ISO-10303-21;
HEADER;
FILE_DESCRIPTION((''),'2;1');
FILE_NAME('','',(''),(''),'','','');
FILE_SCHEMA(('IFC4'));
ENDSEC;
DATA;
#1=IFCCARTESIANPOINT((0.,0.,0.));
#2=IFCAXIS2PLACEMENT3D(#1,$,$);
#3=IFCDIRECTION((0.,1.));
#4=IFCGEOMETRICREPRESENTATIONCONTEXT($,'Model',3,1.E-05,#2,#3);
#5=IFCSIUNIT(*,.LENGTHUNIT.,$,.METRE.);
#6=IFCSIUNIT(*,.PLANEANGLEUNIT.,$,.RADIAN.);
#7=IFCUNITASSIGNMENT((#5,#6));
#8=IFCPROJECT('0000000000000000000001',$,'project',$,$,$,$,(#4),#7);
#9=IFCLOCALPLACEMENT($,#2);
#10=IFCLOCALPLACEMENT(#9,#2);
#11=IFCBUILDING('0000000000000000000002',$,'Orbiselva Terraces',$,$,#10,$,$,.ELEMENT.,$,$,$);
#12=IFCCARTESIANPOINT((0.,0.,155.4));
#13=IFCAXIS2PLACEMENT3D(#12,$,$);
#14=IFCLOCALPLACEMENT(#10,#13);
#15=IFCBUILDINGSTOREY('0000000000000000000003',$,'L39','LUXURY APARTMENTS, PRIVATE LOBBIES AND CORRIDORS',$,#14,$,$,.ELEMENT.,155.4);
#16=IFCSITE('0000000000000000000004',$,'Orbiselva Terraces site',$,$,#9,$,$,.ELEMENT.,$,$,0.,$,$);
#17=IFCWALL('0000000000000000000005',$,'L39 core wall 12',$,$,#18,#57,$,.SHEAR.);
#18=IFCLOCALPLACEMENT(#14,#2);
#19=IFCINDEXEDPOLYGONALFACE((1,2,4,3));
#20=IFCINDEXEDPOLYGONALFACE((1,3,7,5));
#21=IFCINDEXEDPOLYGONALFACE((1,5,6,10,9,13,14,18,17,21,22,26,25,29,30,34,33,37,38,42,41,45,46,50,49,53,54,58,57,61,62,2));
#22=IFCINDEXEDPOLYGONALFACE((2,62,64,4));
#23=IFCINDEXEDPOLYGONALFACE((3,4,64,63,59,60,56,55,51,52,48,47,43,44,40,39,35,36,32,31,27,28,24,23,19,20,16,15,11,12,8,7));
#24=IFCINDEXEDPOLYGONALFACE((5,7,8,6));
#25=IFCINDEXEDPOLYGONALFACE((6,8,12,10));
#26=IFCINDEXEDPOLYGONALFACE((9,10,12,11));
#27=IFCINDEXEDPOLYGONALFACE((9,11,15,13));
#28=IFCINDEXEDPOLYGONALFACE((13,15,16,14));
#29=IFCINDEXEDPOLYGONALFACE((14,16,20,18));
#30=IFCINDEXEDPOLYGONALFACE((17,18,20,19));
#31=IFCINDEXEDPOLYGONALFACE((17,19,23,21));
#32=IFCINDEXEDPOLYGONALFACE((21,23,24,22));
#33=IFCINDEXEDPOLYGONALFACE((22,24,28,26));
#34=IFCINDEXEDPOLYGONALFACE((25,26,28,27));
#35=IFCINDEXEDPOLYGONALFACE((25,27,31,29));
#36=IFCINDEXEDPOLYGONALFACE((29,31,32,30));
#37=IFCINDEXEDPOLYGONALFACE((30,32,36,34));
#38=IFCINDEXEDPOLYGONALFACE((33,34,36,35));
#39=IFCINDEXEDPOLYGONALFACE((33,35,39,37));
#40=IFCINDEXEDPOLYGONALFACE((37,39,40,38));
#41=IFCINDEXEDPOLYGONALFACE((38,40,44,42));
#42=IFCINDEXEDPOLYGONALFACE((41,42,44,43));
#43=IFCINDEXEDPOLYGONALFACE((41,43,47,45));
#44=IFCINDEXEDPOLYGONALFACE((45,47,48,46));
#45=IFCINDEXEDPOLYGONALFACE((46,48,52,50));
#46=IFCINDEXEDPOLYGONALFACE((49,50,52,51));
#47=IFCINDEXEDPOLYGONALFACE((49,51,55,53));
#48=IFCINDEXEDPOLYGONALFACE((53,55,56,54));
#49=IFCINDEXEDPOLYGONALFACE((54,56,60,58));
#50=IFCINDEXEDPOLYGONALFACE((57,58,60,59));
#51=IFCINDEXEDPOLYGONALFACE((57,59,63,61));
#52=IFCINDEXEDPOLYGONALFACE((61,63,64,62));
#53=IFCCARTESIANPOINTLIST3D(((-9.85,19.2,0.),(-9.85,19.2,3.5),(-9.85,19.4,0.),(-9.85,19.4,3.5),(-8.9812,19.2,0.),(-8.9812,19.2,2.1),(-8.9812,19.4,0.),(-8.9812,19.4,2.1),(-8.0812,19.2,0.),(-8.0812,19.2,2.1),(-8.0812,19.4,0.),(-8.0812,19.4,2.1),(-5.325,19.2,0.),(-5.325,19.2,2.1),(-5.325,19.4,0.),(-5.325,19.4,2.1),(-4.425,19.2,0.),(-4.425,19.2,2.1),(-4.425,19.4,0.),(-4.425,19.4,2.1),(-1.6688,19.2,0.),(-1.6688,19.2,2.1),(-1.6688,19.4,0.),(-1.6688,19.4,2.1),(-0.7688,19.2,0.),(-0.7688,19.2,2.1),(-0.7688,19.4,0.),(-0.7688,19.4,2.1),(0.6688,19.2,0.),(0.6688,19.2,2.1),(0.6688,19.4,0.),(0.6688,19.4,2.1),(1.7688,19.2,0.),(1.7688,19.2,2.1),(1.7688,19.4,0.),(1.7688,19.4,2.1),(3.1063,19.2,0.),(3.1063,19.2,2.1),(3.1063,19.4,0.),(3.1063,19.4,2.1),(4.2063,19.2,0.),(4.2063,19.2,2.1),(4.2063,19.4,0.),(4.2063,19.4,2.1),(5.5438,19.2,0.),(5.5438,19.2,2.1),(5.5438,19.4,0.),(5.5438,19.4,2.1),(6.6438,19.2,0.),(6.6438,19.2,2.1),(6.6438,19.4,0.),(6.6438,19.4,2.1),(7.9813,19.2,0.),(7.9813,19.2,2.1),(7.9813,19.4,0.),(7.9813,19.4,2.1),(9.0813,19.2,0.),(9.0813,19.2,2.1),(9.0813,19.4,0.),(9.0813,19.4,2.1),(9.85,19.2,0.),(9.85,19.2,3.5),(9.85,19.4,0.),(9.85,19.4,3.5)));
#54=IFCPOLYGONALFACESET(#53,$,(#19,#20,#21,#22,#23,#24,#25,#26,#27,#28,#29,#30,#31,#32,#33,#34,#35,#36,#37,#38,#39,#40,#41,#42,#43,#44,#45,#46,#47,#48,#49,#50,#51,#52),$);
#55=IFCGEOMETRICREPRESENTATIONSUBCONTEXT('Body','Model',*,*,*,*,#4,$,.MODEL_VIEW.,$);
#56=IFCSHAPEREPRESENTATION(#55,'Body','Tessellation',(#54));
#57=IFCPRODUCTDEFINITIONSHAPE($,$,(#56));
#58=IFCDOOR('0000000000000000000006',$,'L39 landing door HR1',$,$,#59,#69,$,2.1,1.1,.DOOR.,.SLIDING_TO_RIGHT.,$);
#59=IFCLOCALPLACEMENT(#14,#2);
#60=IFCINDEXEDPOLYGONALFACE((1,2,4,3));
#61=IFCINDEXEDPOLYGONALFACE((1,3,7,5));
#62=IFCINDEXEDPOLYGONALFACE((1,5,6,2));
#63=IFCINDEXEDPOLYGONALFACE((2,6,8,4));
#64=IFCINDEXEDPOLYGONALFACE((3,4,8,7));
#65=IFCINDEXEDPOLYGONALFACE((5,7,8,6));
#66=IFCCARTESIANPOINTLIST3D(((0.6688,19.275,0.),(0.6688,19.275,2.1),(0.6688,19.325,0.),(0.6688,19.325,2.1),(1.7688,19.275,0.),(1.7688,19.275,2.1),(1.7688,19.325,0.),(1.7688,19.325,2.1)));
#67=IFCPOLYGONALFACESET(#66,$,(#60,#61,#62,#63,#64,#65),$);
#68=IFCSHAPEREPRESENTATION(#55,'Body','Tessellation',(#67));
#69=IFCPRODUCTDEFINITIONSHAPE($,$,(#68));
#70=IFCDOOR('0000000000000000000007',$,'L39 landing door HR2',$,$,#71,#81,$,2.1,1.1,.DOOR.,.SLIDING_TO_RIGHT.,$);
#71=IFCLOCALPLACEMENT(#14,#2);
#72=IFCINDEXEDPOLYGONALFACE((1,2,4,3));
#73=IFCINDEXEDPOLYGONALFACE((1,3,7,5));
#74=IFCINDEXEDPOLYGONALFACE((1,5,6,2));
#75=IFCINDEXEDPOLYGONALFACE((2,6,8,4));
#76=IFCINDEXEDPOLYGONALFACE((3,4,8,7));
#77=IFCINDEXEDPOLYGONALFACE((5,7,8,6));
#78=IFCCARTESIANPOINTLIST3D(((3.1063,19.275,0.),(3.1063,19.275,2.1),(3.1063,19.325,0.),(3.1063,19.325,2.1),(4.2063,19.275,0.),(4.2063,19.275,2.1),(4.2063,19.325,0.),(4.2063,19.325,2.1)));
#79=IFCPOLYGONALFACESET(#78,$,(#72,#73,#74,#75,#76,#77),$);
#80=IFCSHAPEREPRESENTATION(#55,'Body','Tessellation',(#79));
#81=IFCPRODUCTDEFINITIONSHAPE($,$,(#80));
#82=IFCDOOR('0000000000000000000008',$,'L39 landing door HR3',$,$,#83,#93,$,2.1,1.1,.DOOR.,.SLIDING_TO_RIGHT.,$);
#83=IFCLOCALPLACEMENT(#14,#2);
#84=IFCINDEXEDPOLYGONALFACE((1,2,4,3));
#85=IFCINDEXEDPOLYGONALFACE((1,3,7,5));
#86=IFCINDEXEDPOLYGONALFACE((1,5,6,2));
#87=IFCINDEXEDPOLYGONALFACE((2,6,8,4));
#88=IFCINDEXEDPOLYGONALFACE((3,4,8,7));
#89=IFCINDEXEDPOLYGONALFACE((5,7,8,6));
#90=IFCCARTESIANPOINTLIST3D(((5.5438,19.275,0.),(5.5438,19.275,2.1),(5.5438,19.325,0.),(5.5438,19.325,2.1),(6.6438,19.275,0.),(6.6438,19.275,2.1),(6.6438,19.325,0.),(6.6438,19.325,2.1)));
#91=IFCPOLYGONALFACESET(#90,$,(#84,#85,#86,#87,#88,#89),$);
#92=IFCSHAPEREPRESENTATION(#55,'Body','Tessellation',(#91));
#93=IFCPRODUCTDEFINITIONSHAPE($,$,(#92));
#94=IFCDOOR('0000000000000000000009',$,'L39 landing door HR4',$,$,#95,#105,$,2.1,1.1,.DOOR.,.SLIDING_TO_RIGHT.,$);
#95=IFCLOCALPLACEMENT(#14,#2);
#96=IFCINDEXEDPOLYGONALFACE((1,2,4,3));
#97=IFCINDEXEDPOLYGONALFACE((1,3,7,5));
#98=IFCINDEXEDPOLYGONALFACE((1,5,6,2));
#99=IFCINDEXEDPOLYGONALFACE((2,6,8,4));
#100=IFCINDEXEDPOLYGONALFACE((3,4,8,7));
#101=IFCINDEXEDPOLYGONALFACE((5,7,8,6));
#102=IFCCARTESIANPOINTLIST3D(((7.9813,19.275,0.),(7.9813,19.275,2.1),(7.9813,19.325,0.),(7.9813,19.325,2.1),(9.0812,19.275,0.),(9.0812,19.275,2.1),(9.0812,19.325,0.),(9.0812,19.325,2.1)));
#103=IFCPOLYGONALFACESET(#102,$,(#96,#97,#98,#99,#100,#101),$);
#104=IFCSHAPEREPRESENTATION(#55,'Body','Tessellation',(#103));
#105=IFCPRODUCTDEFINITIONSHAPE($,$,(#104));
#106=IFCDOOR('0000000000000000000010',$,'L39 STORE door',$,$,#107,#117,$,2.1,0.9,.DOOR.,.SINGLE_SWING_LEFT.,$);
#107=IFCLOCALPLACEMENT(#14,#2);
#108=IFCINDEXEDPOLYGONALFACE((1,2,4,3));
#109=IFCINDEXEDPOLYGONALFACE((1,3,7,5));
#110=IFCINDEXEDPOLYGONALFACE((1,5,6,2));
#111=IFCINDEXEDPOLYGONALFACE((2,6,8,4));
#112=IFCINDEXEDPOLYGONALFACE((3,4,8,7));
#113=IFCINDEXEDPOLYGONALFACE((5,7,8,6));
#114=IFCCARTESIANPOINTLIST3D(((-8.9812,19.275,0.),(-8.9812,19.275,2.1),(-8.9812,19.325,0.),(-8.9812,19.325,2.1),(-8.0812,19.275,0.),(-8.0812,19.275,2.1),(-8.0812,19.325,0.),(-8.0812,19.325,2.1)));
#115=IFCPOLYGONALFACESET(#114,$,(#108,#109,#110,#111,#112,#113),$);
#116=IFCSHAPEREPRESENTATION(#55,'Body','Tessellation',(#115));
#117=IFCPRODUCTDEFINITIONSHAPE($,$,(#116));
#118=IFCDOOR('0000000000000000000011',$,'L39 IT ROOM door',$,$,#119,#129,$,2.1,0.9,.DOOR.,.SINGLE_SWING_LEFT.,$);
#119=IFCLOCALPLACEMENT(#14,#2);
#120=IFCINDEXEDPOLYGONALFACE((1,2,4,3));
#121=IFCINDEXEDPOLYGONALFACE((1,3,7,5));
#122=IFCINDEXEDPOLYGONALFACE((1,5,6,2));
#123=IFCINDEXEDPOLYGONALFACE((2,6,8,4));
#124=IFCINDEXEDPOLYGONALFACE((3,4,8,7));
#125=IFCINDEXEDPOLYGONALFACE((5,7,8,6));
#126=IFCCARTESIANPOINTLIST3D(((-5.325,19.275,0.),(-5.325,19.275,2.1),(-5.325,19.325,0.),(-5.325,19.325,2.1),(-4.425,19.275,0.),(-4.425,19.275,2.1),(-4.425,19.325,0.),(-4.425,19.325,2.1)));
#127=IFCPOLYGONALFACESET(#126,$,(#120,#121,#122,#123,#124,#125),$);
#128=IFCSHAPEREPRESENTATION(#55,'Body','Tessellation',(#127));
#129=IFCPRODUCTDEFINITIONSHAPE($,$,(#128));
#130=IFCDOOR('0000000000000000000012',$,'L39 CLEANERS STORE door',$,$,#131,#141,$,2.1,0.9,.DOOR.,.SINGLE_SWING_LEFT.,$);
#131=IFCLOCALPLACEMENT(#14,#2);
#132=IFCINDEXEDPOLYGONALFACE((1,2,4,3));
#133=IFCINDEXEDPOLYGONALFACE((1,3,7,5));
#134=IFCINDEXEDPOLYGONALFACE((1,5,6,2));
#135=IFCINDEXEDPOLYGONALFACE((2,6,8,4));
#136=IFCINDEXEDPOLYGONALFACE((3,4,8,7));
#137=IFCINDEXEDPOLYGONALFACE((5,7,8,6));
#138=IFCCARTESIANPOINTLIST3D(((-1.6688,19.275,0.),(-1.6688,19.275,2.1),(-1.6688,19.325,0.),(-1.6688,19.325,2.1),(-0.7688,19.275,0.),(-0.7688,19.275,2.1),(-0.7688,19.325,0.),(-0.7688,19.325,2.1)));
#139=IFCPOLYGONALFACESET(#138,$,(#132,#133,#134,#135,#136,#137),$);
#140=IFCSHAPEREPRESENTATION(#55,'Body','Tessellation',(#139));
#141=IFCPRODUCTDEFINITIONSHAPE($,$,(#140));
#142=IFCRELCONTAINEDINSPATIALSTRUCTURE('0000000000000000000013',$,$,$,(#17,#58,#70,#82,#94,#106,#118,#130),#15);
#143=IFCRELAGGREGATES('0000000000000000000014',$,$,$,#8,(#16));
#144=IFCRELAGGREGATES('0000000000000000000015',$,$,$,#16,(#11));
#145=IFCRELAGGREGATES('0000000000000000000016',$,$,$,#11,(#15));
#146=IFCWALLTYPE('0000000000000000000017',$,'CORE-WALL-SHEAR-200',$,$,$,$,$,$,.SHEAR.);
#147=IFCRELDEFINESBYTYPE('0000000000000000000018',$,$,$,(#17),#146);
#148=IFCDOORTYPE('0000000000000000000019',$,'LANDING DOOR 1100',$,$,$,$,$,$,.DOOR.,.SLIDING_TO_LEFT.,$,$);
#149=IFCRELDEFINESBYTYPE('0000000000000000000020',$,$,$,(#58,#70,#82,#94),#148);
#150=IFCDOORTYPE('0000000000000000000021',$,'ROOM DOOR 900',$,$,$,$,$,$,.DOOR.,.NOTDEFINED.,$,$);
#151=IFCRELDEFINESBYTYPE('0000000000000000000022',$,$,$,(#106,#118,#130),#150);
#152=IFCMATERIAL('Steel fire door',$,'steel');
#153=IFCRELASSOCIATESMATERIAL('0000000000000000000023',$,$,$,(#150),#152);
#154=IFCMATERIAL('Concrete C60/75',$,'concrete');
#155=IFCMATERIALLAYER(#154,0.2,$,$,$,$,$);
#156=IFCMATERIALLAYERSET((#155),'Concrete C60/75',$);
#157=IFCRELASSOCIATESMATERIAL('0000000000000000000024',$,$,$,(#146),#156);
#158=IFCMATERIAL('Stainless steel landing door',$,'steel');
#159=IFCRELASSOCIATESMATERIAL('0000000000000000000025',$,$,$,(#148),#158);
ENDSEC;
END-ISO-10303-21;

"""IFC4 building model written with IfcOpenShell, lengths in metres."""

from ifc_helpers import new_model, si_unit, direction, frame, frame_2d, origin, place, context, subcontext, project, spatial, rectangle, extrude, material, layer, layer_set, type_object, element, fill, save


model = new_model("IFC4")

# Units and contexts
model_context = context("Model", 3, precision=1e-05, world=origin(), true_north=direction((0.0, 1.0)))
body_context = subcontext(model_context, "Body", "Model", "MODEL_VIEW")
ifc_project = project(units=[si_unit("LENGTHUNIT", "METRE"), si_unit("PLANEANGLEUNIT", "RADIAN")], contexts=[model_context])

# Site, building, storey
site_placement = place(None, origin())
site = spatial("IfcSite", under=ifc_project, at=site_placement, Name="Orbiselva Terraces site", CompositionType="ELEMENT", RefElevation=0.0)
building_placement = place(site_placement, origin())
building = spatial("IfcBuilding", under=site, at=building_placement, Name="Orbiselva Terraces", CompositionType="ELEMENT")
storey_placement = place(building_placement, frame((0.0, 0.0, 155.4)))
storey = spatial("IfcBuildingStorey", under=building, at=storey_placement, Name="L39", Description="LUXURY APARTMENTS, PRIVATE LOBBIES AND CORRIDORS", CompositionType="ELEMENT", Elevation=155.4)

# Shared definitions
ifc_material_1 = material(Name="Steel fire door", Category="steel")
door_type_1 = type_object("IfcDoorType", Name="ROOM DOOR 900", OperationType="NOTDEFINED", PredefinedType="DOOR", material=ifc_material_1)

# Shared definitions
ifc_material_2 = material(Name="Concrete C60/75", Category="concrete")
ifc_layer_1 = layer(ifc_material_2, 0.2)
ifc_layer_set_1 = layer_set([ifc_layer_1], Name="Concrete C60/75")
wall_type_1 = type_object("IfcWallType", Name="CORE-WALL-SHEAR-200", PredefinedType="SHEAR", material=ifc_layer_set_1)

# Wall, openings, doors
wall_1_placement = place(storey_placement, frame((-9.85, 19.3, 0.0), z_axis=(0.0, 0.0, 1.0), x_axis=(1.0, 0.0, 0.0)))
wall_1 = element("IfcWall", 1, at=wall_1_placement, inside=storey, type_object=wall_type_1, Name="L39 core wall 12", PredefinedType="SHEAR", context=body_context, shape_type="SweptSolid", body=[
    extrude(rectangle(XDim=19.7, YDim=0.2, at=frame_2d((9.85, 0.0))), origin(), (0.0, 0.0, 1.0), 3.5),
])
opening_1_placement = place(wall_1_placement, frame((10.5188, 0.0, 0.0)))
opening_1 = element("IfcOpeningElement", 2, at=opening_1_placement, cuts=wall_1, PredefinedType="OPENING", context=body_context, shape_type="SweptSolid", body=[
    extrude(rectangle(XDim=1.1, YDim=2.1, at=frame_2d((0.55, 1.05))), frame((0.0, 0.11, 0.0), z_axis=(0.0, -1.0, 0.0), x_axis=(1.0, 0.0, 0.0)), (0.0, 0.0, 1.0), 0.22),
])
opening_2_placement = place(wall_1_placement, frame((12.9563, 0.0, 0.0)))
opening_2 = element("IfcOpeningElement", 3, at=opening_2_placement, cuts=wall_1, PredefinedType="OPENING", context=body_context, shape_type="SweptSolid", body=[
    extrude(rectangle(XDim=1.1, YDim=2.1, at=frame_2d((0.55, 1.05))), frame((0.0, 0.11, 0.0), z_axis=(0.0, -1.0, 0.0), x_axis=(1.0, 0.0, 0.0)), (0.0, 0.0, 1.0), 0.22),
])
opening_3_placement = place(wall_1_placement, frame((15.3938, 0.0, 0.0)))
opening_3 = element("IfcOpeningElement", 4, at=opening_3_placement, cuts=wall_1, PredefinedType="OPENING", context=body_context, shape_type="SweptSolid", body=[
    extrude(rectangle(XDim=1.1, YDim=2.1, at=frame_2d((0.55, 1.05))), frame((0.0, 0.11, 0.0), z_axis=(0.0, -1.0, 0.0), x_axis=(1.0, 0.0, 0.0)), (0.0, 0.0, 1.0), 0.22),
])
opening_4_placement = place(wall_1_placement, frame((17.8313, 0.0, 0.0)))
opening_4 = element("IfcOpeningElement", 5, at=opening_4_placement, cuts=wall_1, PredefinedType="OPENING", context=body_context, shape_type="SweptSolid", body=[
    extrude(rectangle(XDim=1.1, YDim=2.1, at=frame_2d((0.55, 1.05))), frame((0.0, 0.11, 0.0), z_axis=(0.0, -1.0, 0.0), x_axis=(1.0, 0.0, 0.0)), (0.0, 0.0, 1.0), 0.22),
])
opening_5_placement = place(wall_1_placement, frame((0.8688, 0.0, 0.0)))
opening_5 = element("IfcOpeningElement", 6, at=opening_5_placement, cuts=wall_1, PredefinedType="OPENING", context=body_context, shape_type="SweptSolid", body=[
    extrude(rectangle(XDim=0.9, YDim=2.1, at=frame_2d((0.45, 1.05))), frame((0.0, 0.11, 0.0), z_axis=(0.0, -1.0, 0.0), x_axis=(1.0, 0.0, 0.0)), (0.0, 0.0, 1.0), 0.22),
])
opening_6_placement = place(wall_1_placement, frame((4.525, 0.0, 0.0)))
opening_6 = element("IfcOpeningElement", 7, at=opening_6_placement, cuts=wall_1, PredefinedType="OPENING", context=body_context, shape_type="SweptSolid", body=[
    extrude(rectangle(XDim=0.9, YDim=2.1, at=frame_2d((0.45, 1.05))), frame((0.0, 0.11, 0.0), z_axis=(0.0, -1.0, 0.0), x_axis=(1.0, 0.0, 0.0)), (0.0, 0.0, 1.0), 0.22),
])
opening_7_placement = place(wall_1_placement, frame((8.1812, 0.0, 0.0)))
opening_7 = element("IfcOpeningElement", 8, at=opening_7_placement, cuts=wall_1, PredefinedType="OPENING", context=body_context, shape_type="SweptSolid", body=[
    extrude(rectangle(XDim=0.9, YDim=2.1, at=frame_2d((0.45, 1.05))), frame((0.0, 0.11, 0.0), z_axis=(0.0, -1.0, 0.0), x_axis=(1.0, 0.0, 0.0)), (0.0, 0.0, 1.0), 0.22),
])
ifc_material_3 = material(Name="Stainless steel landing door", Category="steel")
door_type_2 = type_object("IfcDoorType", Name="LANDING DOOR 1100", OperationType="SLIDING_TO_LEFT", PredefinedType="DOOR", material=ifc_material_3)
door_1_placement = place(opening_1_placement, origin())
door_1 = element("IfcDoor", 9, at=door_1_placement, inside=storey, type_object=door_type_2, Name="L39 landing door HR1", OperationType="SLIDING_TO_RIGHT", OverallHeight=2.1, OverallWidth=1.1, PredefinedType="DOOR", context=body_context, shape_type="SweptSolid", body=[
    extrude(rectangle(XDim=1.1, YDim=2.1, at=frame_2d((0.55, 1.05))), frame((0.0, 0.025, 0.0), z_axis=(0.0, -1.0, 0.0), x_axis=(1.0, 0.0, 0.0)), (0.0, 0.0, 1.0), 0.05),
])
fill(opening_1, door_1)
door_2_placement = place(opening_2_placement, origin())
door_2 = element("IfcDoor", 10, at=door_2_placement, inside=storey, type_object=door_type_2, Name="L39 landing door HR2", OperationType="SLIDING_TO_RIGHT", OverallHeight=2.1, OverallWidth=1.1, PredefinedType="DOOR", context=body_context, shape_type="SweptSolid", body=[
    extrude(rectangle(XDim=1.1, YDim=2.1, at=frame_2d((0.55, 1.05))), frame((0.0, 0.025, 0.0), z_axis=(0.0, -1.0, 0.0), x_axis=(1.0, 0.0, 0.0)), (0.0, 0.0, 1.0), 0.05),
])
fill(opening_2, door_2)
door_3_placement = place(opening_3_placement, origin())
door_3 = element("IfcDoor", 11, at=door_3_placement, inside=storey, type_object=door_type_2, Name="L39 landing door HR3", OperationType="SLIDING_TO_RIGHT", OverallHeight=2.1, OverallWidth=1.1, PredefinedType="DOOR", context=body_context, shape_type="SweptSolid", body=[
    extrude(rectangle(XDim=1.1, YDim=2.1, at=frame_2d((0.55, 1.05))), frame((0.0, 0.025, 0.0), z_axis=(0.0, -1.0, 0.0), x_axis=(1.0, 0.0, 0.0)), (0.0, 0.0, 1.0), 0.05),
])
fill(opening_3, door_3)
door_4_placement = place(opening_4_placement, origin())
door_4 = element("IfcDoor", 12, at=door_4_placement, inside=storey, type_object=door_type_2, Name="L39 landing door HR4", OperationType="SLIDING_TO_RIGHT", OverallHeight=2.1, OverallWidth=1.1, PredefinedType="DOOR", context=body_context, shape_type="SweptSolid", body=[
    extrude(rectangle(XDim=1.1, YDim=2.1, at=frame_2d((0.55, 1.05))), frame((0.0, 0.025, 0.0), z_axis=(0.0, -1.0, 0.0), x_axis=(1.0, 0.0, 0.0)), (0.0, 0.0, 1.0), 0.05),
])
fill(opening_4, door_4)
door_5_placement = place(opening_5_placement, origin())
door_5 = element("IfcDoor", 13, at=door_5_placement, inside=storey, type_object=door_type_1, Name="L39 STORE door", OperationType="SINGLE_SWING_LEFT", OverallHeight=2.1, OverallWidth=0.9, PredefinedType="DOOR", context=body_context, shape_type="SweptSolid", body=[
    extrude(rectangle(XDim=0.9, YDim=2.1, at=frame_2d((0.45, 1.05))), frame((0.0, 0.025, 0.0), z_axis=(0.0, -1.0, 0.0), x_axis=(1.0, 0.0, 0.0)), (0.0, 0.0, 1.0), 0.05),
])
fill(opening_5, door_5)
door_6_placement = place(opening_6_placement, origin())
door_6 = element("IfcDoor", 14, at=door_6_placement, inside=storey, type_object=door_type_1, Name="L39 IT ROOM door", OperationType="SINGLE_SWING_LEFT", OverallHeight=2.1, OverallWidth=0.9, PredefinedType="DOOR", context=body_context, shape_type="SweptSolid", body=[
    extrude(rectangle(XDim=0.9, YDim=2.1, at=frame_2d((0.45, 1.05))), frame((0.0, 0.025, 0.0), z_axis=(0.0, -1.0, 0.0), x_axis=(1.0, 0.0, 0.0)), (0.0, 0.0, 1.0), 0.05),
])
fill(opening_6, door_6)
door_7_placement = place(opening_7_placement, origin())
door_7 = element("IfcDoor", 15, at=door_7_placement, inside=storey, type_object=door_type_1, Name="L39 CLEANERS STORE door", OperationType="SINGLE_SWING_LEFT", OverallHeight=2.1, OverallWidth=0.9, PredefinedType="DOOR", context=body_context, shape_type="SweptSolid", body=[
    extrude(rectangle(XDim=0.9, YDim=2.1, at=frame_2d((0.45, 1.05))), frame((0.0, 0.025, 0.0), z_axis=(0.0, -1.0, 0.0), x_axis=(1.0, 0.0, 0.0)), (0.0, 0.0, 1.0), 0.05),
])
fill(opening_7, door_7)

save(model, "model.ifc")
